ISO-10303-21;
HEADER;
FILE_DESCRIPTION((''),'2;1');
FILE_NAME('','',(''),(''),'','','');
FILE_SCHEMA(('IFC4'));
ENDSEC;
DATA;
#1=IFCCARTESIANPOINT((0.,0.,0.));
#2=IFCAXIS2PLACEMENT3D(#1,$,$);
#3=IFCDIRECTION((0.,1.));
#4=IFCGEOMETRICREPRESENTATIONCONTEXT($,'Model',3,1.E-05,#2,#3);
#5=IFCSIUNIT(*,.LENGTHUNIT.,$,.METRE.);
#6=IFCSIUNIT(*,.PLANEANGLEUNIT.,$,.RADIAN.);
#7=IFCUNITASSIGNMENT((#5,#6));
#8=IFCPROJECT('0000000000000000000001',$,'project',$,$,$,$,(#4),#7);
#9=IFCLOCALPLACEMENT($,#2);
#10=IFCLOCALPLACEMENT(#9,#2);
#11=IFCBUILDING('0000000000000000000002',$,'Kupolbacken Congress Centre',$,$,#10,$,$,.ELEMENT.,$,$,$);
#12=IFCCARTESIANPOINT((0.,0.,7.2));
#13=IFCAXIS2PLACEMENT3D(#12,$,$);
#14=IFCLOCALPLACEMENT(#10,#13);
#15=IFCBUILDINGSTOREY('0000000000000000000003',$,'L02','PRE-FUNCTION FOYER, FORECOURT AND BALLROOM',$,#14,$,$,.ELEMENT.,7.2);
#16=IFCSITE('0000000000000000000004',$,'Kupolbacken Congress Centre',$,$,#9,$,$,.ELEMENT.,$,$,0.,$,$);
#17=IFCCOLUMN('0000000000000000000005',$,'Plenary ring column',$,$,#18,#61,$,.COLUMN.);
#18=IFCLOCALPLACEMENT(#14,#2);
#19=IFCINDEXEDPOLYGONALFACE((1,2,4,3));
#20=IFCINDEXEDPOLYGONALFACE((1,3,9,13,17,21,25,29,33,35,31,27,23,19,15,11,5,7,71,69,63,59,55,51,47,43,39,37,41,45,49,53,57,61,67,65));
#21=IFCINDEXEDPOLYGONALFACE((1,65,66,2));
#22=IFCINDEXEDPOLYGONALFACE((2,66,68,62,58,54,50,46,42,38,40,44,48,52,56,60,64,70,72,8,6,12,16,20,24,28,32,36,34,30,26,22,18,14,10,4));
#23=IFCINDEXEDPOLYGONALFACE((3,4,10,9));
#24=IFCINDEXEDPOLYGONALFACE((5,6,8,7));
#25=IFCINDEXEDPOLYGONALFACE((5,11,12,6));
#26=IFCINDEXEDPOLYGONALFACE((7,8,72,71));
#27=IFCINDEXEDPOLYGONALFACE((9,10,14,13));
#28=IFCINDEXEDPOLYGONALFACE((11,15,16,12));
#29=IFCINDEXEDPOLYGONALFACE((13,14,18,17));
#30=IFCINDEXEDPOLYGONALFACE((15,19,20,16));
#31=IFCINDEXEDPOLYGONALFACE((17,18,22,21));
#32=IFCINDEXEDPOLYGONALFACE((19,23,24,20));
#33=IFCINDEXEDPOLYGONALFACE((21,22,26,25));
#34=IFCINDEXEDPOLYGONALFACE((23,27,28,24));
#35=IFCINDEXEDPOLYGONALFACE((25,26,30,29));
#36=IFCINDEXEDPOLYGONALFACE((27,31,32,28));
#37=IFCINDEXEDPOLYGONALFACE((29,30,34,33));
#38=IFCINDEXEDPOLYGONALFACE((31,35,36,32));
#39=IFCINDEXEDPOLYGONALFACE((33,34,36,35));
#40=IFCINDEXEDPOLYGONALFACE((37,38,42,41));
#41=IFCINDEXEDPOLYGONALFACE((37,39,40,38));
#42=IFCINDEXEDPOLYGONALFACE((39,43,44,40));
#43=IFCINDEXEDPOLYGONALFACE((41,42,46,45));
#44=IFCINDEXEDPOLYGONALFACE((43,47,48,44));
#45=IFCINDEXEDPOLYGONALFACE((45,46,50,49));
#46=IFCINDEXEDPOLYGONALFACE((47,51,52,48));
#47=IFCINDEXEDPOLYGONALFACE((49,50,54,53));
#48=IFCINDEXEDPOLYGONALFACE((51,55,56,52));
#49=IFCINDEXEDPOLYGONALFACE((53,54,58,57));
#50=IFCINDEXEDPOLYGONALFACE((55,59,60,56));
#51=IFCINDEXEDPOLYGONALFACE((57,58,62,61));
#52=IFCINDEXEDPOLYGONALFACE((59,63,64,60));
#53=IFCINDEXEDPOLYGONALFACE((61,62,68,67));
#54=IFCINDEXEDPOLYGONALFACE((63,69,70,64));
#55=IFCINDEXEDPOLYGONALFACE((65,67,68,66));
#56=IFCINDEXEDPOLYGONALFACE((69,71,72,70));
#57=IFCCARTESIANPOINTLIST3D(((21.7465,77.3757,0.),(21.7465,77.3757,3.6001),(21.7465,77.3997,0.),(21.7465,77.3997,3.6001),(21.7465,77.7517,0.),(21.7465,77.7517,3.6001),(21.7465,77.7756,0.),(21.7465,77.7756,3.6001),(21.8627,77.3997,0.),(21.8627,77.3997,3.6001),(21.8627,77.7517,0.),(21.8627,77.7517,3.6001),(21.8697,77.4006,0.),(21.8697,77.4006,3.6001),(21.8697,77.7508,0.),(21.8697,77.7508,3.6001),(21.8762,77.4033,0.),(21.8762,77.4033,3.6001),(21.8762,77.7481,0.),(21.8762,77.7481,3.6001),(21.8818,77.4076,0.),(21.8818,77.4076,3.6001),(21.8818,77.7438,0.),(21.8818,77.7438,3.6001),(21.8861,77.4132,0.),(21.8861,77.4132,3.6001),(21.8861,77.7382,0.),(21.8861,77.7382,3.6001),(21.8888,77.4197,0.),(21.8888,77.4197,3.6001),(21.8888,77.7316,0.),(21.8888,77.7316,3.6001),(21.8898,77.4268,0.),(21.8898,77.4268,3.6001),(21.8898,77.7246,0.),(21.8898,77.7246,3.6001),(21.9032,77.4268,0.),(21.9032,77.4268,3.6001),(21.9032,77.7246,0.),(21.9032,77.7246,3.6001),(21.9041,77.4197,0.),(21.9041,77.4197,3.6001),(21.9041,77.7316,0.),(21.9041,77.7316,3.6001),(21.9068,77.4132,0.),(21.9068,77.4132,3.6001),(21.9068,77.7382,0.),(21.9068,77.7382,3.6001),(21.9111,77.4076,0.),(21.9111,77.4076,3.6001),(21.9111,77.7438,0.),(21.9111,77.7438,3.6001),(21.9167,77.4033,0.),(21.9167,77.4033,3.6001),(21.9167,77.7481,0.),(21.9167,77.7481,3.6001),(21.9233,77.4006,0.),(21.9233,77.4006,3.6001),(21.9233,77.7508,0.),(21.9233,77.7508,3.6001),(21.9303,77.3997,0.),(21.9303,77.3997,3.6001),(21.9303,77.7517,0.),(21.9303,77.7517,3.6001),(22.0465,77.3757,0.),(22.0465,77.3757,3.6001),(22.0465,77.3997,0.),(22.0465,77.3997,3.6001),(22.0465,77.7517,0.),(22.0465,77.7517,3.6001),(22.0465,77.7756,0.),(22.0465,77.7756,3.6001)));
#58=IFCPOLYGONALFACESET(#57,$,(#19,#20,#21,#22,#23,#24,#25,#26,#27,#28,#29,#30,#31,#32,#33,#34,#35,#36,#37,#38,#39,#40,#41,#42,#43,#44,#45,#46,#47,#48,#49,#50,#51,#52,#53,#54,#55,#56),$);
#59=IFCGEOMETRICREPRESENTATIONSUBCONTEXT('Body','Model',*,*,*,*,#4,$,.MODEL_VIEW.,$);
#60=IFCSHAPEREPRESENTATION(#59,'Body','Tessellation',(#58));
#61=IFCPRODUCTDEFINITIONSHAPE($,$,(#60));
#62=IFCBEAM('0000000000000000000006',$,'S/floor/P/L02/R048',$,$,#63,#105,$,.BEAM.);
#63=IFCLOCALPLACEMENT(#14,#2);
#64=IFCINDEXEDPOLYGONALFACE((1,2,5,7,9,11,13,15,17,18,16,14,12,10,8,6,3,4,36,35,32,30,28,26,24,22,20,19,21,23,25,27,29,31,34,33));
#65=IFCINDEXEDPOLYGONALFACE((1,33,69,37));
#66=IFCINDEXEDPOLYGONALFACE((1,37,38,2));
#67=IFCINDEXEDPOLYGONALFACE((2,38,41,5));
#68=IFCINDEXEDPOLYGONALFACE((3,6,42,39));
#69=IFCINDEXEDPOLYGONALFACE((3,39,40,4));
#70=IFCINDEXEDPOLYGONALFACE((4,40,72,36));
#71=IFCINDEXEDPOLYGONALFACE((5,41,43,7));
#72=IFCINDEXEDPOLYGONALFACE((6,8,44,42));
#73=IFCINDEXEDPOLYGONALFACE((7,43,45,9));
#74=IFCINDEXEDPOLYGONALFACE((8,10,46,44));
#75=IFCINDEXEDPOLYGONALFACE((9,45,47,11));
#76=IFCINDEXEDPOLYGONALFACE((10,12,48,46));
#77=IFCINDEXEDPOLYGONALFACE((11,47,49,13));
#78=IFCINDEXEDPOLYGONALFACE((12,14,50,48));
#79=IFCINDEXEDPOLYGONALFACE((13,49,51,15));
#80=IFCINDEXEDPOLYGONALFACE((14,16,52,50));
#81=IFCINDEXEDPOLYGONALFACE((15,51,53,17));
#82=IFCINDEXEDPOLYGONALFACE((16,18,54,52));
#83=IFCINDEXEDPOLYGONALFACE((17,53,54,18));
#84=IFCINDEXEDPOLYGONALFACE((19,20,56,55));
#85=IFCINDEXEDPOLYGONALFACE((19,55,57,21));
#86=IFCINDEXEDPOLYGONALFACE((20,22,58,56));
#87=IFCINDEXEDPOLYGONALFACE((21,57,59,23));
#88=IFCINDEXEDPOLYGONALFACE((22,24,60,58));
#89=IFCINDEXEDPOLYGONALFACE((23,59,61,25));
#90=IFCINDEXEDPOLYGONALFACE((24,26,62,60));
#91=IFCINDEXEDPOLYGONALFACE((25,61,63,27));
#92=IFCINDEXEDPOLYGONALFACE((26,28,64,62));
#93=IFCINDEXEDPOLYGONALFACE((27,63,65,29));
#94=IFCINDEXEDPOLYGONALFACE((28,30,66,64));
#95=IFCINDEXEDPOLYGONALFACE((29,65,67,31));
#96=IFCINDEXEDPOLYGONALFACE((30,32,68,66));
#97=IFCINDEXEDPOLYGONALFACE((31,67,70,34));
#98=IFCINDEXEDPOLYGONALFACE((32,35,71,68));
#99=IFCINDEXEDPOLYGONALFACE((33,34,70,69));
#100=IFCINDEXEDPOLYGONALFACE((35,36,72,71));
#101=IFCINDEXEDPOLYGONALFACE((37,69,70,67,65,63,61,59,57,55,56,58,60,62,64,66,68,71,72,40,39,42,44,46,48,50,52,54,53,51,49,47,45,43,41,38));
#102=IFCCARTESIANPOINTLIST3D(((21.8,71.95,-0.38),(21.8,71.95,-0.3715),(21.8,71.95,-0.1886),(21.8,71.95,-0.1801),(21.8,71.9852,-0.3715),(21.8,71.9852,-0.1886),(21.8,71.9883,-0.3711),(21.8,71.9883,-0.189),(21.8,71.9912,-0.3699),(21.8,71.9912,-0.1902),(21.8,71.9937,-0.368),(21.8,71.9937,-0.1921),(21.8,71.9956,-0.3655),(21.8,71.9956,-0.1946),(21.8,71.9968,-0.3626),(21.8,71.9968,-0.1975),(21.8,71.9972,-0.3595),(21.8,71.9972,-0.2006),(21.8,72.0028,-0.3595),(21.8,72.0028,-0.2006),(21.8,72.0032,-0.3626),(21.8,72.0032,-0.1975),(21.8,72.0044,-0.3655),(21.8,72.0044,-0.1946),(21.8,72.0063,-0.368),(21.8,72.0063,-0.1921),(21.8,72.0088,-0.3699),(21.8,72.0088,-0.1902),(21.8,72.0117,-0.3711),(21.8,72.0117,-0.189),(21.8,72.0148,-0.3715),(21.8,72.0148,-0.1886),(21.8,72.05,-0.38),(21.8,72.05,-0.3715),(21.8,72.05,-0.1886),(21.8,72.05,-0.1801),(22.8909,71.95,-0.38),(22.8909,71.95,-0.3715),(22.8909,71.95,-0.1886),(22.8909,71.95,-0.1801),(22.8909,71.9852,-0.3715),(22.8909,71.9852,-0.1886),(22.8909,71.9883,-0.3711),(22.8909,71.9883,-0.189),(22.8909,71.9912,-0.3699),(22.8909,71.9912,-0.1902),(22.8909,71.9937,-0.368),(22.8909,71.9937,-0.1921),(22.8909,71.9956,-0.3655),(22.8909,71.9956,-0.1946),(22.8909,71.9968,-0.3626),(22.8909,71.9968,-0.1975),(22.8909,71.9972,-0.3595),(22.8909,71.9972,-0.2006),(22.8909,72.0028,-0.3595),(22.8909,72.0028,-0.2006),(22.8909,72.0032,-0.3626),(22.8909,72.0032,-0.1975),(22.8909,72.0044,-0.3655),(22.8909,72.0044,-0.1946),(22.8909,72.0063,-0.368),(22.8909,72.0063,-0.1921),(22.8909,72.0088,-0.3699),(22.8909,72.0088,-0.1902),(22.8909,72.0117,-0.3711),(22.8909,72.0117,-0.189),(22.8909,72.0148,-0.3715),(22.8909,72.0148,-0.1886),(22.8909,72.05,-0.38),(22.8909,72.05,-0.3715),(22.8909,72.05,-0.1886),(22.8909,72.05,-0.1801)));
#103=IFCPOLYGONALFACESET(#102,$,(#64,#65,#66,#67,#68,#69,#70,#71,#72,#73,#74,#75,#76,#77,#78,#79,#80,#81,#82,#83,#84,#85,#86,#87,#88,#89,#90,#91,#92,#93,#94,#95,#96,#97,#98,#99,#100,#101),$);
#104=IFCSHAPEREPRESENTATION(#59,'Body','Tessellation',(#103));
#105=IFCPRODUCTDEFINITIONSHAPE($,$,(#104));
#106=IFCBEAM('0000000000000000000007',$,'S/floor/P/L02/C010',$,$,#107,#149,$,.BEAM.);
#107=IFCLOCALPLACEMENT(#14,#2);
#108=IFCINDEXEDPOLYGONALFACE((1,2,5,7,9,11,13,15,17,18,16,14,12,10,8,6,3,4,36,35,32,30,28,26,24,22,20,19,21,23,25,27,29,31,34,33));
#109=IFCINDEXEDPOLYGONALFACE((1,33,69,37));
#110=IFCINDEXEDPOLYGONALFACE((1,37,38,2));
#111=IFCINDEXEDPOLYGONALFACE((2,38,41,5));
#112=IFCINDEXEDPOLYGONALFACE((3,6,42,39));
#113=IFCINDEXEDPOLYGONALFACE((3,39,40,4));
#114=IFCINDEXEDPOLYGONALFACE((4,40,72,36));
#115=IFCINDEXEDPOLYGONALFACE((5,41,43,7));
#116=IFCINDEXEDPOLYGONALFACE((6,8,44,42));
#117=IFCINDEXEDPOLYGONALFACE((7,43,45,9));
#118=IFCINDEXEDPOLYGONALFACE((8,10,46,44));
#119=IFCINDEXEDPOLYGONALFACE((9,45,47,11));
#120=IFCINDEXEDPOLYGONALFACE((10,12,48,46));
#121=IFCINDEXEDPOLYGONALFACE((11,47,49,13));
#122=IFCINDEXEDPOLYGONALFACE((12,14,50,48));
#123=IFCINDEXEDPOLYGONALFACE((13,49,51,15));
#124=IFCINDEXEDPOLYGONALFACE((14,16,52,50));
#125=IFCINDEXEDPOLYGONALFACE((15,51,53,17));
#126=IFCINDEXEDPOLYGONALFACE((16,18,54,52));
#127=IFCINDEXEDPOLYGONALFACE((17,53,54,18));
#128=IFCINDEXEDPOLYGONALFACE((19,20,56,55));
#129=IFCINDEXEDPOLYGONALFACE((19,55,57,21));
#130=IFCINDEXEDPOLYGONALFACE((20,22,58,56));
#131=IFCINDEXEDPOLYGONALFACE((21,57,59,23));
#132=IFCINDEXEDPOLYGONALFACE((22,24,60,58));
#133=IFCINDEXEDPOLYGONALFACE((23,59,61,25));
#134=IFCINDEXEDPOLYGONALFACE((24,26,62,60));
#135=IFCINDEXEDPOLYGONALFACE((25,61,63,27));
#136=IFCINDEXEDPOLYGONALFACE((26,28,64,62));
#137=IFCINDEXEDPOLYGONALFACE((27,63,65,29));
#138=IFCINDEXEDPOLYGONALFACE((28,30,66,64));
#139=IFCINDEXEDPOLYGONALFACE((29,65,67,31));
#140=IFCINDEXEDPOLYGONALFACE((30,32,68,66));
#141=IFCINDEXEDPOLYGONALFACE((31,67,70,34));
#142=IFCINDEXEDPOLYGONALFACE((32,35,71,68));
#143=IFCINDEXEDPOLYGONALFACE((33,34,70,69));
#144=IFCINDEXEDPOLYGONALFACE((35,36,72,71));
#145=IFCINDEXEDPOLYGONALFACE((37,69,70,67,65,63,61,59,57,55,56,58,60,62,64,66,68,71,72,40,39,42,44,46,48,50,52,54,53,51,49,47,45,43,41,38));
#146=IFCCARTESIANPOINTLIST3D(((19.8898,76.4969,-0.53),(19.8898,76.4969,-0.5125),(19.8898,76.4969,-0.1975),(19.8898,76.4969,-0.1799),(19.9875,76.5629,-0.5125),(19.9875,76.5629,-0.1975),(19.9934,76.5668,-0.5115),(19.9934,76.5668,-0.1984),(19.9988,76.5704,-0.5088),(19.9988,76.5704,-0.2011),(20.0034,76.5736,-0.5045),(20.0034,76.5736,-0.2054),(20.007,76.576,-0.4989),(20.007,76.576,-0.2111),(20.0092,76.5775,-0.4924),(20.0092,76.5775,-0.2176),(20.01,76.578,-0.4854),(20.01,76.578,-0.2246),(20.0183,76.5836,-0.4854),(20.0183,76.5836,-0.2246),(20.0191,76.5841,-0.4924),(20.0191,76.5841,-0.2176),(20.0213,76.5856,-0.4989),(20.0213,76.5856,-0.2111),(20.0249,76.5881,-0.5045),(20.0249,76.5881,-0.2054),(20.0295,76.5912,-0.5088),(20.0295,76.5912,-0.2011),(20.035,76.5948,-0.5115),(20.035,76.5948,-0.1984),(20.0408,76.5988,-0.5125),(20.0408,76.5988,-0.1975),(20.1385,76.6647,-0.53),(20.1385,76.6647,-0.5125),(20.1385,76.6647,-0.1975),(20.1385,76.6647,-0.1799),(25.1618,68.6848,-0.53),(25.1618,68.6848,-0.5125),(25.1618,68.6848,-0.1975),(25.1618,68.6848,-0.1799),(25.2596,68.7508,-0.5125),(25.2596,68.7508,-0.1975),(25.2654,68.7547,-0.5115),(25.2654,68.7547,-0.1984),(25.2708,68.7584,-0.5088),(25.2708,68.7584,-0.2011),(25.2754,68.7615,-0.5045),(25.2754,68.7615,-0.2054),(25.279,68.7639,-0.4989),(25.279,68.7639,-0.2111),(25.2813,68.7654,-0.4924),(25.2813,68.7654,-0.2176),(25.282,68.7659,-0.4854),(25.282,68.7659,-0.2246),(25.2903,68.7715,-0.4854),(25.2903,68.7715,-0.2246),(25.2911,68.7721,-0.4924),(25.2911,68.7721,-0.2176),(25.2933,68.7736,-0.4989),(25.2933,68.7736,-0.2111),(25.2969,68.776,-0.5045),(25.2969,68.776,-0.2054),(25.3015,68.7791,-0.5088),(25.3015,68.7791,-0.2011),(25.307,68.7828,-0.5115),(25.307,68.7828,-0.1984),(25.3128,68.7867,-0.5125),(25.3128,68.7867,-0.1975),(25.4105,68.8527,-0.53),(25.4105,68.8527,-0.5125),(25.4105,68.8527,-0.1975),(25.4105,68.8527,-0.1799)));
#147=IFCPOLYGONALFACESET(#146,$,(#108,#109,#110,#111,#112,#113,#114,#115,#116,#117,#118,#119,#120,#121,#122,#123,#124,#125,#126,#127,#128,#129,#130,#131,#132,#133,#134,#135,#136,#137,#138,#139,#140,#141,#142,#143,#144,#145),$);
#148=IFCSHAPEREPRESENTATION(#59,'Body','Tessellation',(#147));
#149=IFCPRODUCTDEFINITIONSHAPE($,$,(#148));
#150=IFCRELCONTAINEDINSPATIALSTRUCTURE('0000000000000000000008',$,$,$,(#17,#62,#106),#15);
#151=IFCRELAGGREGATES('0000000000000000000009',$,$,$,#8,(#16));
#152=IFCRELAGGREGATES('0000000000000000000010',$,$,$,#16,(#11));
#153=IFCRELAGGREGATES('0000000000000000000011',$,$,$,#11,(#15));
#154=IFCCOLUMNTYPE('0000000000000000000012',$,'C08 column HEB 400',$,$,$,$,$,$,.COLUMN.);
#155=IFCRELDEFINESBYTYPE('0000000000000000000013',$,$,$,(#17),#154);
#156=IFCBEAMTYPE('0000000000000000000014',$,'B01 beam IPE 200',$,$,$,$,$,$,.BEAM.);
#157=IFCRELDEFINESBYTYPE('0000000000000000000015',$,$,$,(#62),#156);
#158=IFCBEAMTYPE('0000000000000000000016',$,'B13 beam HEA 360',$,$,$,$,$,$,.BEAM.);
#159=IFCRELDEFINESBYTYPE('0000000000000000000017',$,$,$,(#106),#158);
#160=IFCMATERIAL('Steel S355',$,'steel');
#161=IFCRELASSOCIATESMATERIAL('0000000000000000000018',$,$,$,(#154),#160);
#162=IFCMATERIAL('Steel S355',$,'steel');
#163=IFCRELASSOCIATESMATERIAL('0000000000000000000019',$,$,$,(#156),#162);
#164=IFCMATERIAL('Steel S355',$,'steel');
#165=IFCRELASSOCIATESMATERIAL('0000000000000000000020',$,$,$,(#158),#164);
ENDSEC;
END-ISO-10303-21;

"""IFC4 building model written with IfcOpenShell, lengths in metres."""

from ifc_helpers import new_model, si_unit, direction, frame, origin, origin_2d, place, context, subcontext, project, spatial, i_section, extrude, material, material_profile, profile_set, type_object, element, save


model = new_model("IFC4")

# Units and contexts
model_context = context("Model", 3, precision=1e-05, world=origin(), true_north=direction((0.0, 1.0)))
body_context = subcontext(model_context, "Body", "Model", "MODEL_VIEW")
ifc_project = project(units=[si_unit("LENGTHUNIT", "METRE"), si_unit("PLANEANGLEUNIT", "RADIAN")], contexts=[model_context])

# Site, building, storey
site_placement = place(None, origin())
site = spatial("IfcSite", under=ifc_project, at=site_placement, Name="Kupolbacken Congress Centre", CompositionType="ELEMENT", RefElevation=0.0)
building_placement = place(site_placement, origin())
building = spatial("IfcBuilding", under=site, at=building_placement, Name="Kupolbacken Congress Centre", CompositionType="ELEMENT")
storey_placement = place(building_placement, frame((0.0, 0.0, 7.2)))
storey = spatial("IfcBuildingStorey", under=building, at=storey_placement, Name="L02", Description="PRE-FUNCTION FOYER, FORECOURT AND BALLROOM", CompositionType="ELEMENT", Elevation=7.2)

# Column
ifc_material_1 = material(Name="Steel S355", Category="steel")
ifc_material_profile_1 = material_profile(ifc_material_1, i_section(OverallWidth=0.3, OverallDepth=0.3999, WebThickness=0.0134, FlangeThickness=0.0239, FilletRadius=0.0271, at=origin_2d()), Name="HEB 400")
ifc_profile_set_1 = profile_set([ifc_material_profile_1], Name="Steel S355")
column_type = type_object("IfcColumnType", Name="C08 column HEB 400", PredefinedType="COLUMN", material=ifc_profile_set_1)
column_placement = place(storey_placement, frame((21.8965, 77.5757, 0.0), z_axis=(0.0, 0.0, 1.0), x_axis=(1.0, 0.0, 0.0)))
element("IfcColumn", 1, at=column_placement, inside=storey, type_object=column_type, Name="Plenary ring column", PredefinedType="COLUMN", context=body_context, shape_type="SweptSolid", body=[
    extrude(i_section(OverallWidth=0.3, OverallDepth=0.3999, WebThickness=0.0134, FlangeThickness=0.0239, FilletRadius=0.0271, at=origin_2d()), origin(), (0.0, 0.0, 1.0), 3.6001),
])

# Beams
ifc_material_2 = material(Name="Steel S355", Category="steel")
ifc_material_profile_2 = material_profile(ifc_material_2, i_section(OverallWidth=0.1001, OverallDepth=0.2, WebThickness=0.0056, FlangeThickness=0.0085, FilletRadius=0.012, at=origin_2d()), Name="IPE 200")
ifc_profile_set_2 = profile_set([ifc_material_profile_2], Name="Steel S355")
beam_type_1 = type_object("IfcBeamType", Name="B01 beam IPE 200", PredefinedType="BEAM", material=ifc_profile_set_2)
beam_1_placement = place(storey_placement, frame((21.8, 72.0, -0.28), z_axis=(1.0, 0.0, 0.0), x_axis=(0.0, 1.0, 0.0)))
element("IfcBeam", 2, at=beam_1_placement, inside=storey, type_object=beam_type_1, Name="S/floor/P/L02/R048", PredefinedType="BEAM", context=body_context, shape_type="SweptSolid", body=[
    extrude(i_section(OverallWidth=0.1001, OverallDepth=0.2, WebThickness=0.0056, FlangeThickness=0.0085, FilletRadius=0.012, at=origin_2d()), origin(), (0.0, 0.0, 1.0), 1.0908),
])
ifc_material_3 = material(Name="Steel S355", Category="steel")
ifc_material_profile_3 = material_profile(ifc_material_3, i_section(OverallWidth=0.3, OverallDepth=0.3501, WebThickness=0.01, FlangeThickness=0.0176, FilletRadius=0.0271, at=origin_2d()), Name="HEA 360")
ifc_profile_set_3 = profile_set([ifc_material_profile_3], Name="Steel S355")
beam_type_2 = type_object("IfcBeamType", Name="B13 beam HEA 360", PredefinedType="BEAM", material=ifc_profile_set_3)
beam_2_placement = place(storey_placement, frame((20.0142, 76.5808, -0.355), z_axis=(0.55939, -0.828905, 0.0), x_axis=(0.828905, 0.55939, 0.0)))
element("IfcBeam", 3, at=beam_2_placement, inside=storey, type_object=beam_type_2, Name="S/floor/P/L02/C010", PredefinedType="BEAM", context=body_context, shape_type="SweptSolid", body=[
    extrude(i_section(OverallWidth=0.3, OverallDepth=0.3501, WebThickness=0.01, FlangeThickness=0.0176, FilletRadius=0.0271, at=origin_2d()), origin(), (0.0, 0.0, 1.0), 9.4246),
])

save(model, "model.ifc")
